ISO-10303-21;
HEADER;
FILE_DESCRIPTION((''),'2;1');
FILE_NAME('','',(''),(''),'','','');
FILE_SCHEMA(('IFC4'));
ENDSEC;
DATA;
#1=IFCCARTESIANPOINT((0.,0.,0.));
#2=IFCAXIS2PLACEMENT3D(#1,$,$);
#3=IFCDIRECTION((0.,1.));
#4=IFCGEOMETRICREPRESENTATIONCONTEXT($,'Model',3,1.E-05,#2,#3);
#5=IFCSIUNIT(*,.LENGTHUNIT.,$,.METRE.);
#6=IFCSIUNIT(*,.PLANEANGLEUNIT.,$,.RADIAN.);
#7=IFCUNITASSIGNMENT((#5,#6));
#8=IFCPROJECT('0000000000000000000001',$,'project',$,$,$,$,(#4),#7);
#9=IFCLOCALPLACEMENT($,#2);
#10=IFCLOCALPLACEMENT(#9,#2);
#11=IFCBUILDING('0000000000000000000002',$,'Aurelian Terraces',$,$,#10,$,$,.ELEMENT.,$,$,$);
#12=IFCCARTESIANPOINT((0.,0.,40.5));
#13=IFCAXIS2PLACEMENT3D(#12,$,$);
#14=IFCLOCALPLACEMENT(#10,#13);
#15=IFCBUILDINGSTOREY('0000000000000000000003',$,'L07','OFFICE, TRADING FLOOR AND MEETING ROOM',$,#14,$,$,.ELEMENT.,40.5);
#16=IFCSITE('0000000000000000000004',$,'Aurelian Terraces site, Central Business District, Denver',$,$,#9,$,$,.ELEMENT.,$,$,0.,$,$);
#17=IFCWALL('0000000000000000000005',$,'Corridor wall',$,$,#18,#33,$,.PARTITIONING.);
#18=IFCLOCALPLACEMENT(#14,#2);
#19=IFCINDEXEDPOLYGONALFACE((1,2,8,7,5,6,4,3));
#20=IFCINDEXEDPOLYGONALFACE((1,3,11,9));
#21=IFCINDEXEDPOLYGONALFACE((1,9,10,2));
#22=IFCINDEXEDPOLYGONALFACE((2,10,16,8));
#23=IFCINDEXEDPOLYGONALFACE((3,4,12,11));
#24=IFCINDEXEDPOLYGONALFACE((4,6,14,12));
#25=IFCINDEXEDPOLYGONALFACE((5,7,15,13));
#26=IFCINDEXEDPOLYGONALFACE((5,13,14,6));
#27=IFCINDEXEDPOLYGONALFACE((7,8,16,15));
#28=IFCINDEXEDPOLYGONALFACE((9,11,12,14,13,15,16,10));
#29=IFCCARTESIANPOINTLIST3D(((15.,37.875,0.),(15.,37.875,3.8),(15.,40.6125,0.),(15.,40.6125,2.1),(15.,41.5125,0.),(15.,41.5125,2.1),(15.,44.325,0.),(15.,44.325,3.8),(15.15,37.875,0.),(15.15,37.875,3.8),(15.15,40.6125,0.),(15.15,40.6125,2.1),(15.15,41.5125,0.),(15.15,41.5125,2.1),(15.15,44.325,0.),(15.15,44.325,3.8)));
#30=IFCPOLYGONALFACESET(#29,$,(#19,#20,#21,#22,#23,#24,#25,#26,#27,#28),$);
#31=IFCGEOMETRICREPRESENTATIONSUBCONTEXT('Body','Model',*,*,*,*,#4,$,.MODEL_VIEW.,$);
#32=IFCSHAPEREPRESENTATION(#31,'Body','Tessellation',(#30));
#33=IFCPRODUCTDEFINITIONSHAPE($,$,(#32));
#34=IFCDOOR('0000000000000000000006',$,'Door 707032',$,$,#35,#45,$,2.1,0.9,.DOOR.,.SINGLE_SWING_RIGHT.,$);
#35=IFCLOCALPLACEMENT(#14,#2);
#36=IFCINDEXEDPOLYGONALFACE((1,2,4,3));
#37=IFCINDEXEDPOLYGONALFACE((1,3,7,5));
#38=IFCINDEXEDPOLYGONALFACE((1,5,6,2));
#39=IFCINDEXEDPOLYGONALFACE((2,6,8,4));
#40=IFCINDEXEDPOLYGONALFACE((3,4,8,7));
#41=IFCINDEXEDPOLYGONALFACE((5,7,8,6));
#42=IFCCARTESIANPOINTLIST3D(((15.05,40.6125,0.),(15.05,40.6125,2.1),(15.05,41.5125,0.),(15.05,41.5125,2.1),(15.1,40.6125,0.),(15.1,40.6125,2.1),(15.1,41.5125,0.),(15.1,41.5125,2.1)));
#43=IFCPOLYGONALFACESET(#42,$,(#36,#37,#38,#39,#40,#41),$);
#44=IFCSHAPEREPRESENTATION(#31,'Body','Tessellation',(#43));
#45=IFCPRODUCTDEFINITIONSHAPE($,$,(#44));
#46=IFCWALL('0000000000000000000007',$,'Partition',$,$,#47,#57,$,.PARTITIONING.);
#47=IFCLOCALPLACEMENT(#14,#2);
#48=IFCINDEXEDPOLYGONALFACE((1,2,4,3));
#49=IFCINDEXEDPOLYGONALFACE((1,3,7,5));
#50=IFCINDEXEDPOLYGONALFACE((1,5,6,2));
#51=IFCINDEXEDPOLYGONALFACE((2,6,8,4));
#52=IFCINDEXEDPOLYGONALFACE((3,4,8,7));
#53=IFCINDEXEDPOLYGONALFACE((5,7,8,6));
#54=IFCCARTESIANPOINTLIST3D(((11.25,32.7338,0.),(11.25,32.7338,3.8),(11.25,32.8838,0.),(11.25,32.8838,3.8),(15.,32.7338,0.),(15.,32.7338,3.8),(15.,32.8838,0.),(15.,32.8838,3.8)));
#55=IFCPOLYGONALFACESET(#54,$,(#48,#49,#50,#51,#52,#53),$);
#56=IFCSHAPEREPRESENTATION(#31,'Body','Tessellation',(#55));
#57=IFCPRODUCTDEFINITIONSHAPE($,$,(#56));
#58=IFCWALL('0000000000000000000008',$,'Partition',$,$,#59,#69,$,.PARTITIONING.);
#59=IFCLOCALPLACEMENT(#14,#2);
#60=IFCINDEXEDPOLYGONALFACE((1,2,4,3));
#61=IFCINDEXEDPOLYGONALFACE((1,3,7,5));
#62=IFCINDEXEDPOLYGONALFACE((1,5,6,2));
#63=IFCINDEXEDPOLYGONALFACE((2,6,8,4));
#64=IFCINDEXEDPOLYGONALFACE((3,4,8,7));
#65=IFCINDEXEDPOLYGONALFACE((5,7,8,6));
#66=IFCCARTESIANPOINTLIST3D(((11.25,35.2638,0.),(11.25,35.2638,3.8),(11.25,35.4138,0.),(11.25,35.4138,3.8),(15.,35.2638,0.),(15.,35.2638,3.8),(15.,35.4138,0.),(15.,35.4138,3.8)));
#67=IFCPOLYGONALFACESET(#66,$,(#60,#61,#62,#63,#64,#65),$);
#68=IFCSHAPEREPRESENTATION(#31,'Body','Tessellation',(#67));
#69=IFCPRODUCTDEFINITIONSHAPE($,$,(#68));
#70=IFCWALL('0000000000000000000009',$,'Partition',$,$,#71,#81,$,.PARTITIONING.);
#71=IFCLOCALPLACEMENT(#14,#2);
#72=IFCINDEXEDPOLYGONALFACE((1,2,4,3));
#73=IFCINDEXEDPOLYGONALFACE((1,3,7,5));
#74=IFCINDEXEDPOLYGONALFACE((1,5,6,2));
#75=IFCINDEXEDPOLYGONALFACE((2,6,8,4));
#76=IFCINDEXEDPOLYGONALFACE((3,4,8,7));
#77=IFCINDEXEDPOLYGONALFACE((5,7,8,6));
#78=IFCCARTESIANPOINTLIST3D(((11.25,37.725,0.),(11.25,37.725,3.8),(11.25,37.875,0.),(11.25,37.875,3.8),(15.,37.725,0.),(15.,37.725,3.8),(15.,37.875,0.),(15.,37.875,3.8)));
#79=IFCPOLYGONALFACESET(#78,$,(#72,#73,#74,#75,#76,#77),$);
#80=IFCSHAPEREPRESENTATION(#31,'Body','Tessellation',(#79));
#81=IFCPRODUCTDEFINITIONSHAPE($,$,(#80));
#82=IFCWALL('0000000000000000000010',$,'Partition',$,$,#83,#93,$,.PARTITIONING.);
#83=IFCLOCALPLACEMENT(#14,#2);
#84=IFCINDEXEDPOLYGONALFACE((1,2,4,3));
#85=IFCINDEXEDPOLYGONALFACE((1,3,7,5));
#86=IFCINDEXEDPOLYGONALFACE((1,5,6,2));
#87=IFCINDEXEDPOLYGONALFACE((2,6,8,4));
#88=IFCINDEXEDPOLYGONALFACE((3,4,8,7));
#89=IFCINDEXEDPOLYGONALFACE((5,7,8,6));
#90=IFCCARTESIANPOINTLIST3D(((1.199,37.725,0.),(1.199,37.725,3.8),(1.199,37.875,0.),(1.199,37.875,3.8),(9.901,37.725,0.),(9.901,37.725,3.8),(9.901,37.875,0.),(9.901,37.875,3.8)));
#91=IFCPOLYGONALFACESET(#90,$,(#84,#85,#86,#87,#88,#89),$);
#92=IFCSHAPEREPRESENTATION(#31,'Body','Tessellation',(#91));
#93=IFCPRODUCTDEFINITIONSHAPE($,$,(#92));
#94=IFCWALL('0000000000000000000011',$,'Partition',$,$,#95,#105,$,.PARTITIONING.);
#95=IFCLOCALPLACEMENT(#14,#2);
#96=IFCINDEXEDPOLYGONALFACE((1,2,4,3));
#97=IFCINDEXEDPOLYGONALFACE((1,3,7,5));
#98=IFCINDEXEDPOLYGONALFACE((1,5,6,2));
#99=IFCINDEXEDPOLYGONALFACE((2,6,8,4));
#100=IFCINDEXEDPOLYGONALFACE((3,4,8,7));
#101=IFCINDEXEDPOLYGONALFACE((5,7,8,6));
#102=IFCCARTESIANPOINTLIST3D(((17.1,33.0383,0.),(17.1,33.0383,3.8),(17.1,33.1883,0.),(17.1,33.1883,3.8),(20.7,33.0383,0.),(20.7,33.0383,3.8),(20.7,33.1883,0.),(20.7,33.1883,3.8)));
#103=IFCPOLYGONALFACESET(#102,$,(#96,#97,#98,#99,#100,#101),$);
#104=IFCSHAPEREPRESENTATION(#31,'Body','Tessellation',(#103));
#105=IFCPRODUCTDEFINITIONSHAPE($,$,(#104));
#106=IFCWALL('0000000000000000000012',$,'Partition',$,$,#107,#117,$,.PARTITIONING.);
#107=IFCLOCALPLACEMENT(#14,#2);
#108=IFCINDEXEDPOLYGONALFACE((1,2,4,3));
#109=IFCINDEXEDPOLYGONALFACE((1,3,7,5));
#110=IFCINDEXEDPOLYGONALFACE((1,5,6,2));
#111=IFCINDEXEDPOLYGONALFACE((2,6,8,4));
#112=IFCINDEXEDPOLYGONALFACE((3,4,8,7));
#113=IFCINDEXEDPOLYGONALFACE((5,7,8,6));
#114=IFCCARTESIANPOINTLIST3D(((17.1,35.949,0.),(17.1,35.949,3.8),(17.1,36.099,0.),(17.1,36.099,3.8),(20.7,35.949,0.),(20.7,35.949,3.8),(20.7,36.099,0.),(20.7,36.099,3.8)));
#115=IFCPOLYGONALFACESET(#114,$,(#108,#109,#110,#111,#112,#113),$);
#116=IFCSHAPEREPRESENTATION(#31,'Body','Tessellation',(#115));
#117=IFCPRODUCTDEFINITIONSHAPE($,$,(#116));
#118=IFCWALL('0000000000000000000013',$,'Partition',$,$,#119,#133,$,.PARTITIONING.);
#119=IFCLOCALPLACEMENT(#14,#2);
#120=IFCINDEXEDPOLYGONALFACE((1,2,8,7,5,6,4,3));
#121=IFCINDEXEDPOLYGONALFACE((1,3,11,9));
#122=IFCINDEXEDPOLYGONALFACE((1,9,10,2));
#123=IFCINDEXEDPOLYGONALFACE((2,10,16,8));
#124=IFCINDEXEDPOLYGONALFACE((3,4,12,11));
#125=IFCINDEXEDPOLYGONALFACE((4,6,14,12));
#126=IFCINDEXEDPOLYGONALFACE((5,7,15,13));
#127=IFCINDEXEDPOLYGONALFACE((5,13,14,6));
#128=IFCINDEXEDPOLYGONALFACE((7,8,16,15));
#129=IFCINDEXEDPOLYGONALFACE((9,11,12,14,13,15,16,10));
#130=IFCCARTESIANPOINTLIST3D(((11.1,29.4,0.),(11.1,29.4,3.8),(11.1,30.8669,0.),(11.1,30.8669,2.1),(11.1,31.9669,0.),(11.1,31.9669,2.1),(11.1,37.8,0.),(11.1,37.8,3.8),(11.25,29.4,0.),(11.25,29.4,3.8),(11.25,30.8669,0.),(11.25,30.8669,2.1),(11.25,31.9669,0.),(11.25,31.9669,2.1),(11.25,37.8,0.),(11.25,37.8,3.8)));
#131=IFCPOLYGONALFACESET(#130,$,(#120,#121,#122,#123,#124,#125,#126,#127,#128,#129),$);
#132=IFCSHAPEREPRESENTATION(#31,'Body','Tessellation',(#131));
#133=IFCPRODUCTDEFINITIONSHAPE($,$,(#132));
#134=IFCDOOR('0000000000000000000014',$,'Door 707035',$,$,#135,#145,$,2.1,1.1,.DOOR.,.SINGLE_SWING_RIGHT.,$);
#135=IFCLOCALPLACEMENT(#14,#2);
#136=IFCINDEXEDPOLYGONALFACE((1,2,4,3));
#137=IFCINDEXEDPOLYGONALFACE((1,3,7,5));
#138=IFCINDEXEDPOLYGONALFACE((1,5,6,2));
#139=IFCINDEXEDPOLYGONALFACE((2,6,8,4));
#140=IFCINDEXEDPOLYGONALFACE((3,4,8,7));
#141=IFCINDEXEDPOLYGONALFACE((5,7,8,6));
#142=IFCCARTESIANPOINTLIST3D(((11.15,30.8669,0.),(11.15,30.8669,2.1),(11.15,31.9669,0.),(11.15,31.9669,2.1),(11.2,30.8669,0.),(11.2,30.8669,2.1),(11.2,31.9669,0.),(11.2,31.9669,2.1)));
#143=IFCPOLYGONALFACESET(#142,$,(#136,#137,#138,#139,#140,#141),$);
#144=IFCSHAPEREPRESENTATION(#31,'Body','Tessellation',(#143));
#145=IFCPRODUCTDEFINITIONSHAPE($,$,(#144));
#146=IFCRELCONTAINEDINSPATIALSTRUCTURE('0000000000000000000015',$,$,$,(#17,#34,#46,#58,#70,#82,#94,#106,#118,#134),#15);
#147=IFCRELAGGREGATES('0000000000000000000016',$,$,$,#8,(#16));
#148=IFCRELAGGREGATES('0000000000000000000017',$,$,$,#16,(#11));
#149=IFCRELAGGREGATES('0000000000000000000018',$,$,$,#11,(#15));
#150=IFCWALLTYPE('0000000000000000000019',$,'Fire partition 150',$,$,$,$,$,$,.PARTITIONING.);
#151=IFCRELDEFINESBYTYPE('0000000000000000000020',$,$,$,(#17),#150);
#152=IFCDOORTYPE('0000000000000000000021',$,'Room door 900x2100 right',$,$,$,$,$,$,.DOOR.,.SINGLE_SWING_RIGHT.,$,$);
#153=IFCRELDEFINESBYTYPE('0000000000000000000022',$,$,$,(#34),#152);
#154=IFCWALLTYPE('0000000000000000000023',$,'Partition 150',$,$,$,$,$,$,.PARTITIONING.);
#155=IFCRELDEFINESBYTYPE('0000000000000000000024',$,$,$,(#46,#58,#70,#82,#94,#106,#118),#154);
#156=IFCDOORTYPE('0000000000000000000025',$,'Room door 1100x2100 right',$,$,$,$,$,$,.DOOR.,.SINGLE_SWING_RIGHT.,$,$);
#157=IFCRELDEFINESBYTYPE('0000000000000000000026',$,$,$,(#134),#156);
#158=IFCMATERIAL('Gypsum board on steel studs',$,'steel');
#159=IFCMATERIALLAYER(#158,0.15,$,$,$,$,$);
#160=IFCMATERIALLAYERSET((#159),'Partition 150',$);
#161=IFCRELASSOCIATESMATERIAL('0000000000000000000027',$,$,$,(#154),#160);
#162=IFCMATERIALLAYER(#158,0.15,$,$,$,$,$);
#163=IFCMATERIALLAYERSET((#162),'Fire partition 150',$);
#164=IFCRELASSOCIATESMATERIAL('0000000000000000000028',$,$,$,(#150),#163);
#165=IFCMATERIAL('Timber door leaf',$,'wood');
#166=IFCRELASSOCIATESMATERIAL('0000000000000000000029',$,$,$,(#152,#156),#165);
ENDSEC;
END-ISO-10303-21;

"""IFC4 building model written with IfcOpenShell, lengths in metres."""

from ifc_helpers import new_model, si_unit, direction, frame, frame_2d, origin, place, context, subcontext, project, spatial, rectangle, extrude, source, transform, mapped, material, layer, layer_set, type_object, element, fill, save


model = new_model("IFC4")

# Units and contexts
model_context = context("Model", 3, precision=1e-05, world=origin(), true_north=direction((0.0, 1.0)))
body_context = subcontext(model_context, "Body", "Model", "MODEL_VIEW")
ifc_project = project(units=[si_unit("LENGTHUNIT", "METRE"), si_unit("PLANEANGLEUNIT", "RADIAN")], contexts=[model_context])

# Site, building, storey
site_placement = place(None, origin())
site = spatial("IfcSite", under=ifc_project, at=site_placement, Name="Aurelian Terraces site, Central Business District, Denver", CompositionType="ELEMENT", RefElevation=0.0)
building_placement = place(site_placement, origin())
building = spatial("IfcBuilding", under=site, at=building_placement, Name="Aurelian Terraces", CompositionType="ELEMENT")
storey_placement = place(building_placement, frame((0.0, 0.0, 40.5)))
storey = spatial("IfcBuildingStorey", under=building, at=storey_placement, Name="L07", Description="OFFICE, TRADING FLOOR AND MEETING ROOM", CompositionType="ELEMENT", Elevation=40.5)

# Shared definitions
ifc_material_1 = material(Name="Gypsum board on steel studs", Category="steel")
ifc_layer_1 = layer(ifc_material_1, 0.15)
ifc_layer_set_1 = layer_set([ifc_layer_1], Name="Partition 150")
wall_type_1 = type_object("IfcWallType", Name="Partition 150", PredefinedType="PARTITIONING", material=ifc_layer_set_1)

# Shared definitions
shared_shape_1 = source(origin(), body_context, "Body", "SweptSolid", [
    extrude(rectangle(XDim=0.9, YDim=2.1, at=frame_2d((0.45, 1.05))), frame((0.0, 0.025, 0.0), z_axis=(0.0, -1.0, 0.0), x_axis=(1.0, 0.0, 0.0)), (0.0, 0.0, 1.0), 0.05),
])

# Shared definitions
ifc_layer_2 = layer(ifc_material_1, 0.15)
ifc_layer_set_2 = layer_set([ifc_layer_2], Name="Fire partition 150")
wall_type_2 = type_object("IfcWallType", Name="Fire partition 150", PredefinedType="PARTITIONING", material=ifc_layer_set_2)
shared_shape_2 = source(origin(), body_context, "Body", "SweptSolid", [
    extrude(rectangle(XDim=6.45, YDim=0.15, at=frame_2d((3.225, 0.0))), origin(), (0.0, 0.0, 1.0), 3.8),
])

# Wall, opening, door
wall_1_placement = place(storey_placement, frame((15.075, 37.875, 0.0), z_axis=(0.0, 0.0, 1.0), x_axis=(0.0, 1.0, 0.0)))
wall_1 = element("IfcWall", 1, at=wall_1_placement, inside=storey, type_object=wall_type_2, Name="Corridor wall", PredefinedType="PARTITIONING", context=body_context, shape_type="MappedRepresentation", body=[
    mapped(shared_shape_2, transform((0.0, 0.0, 0.0), scale=1.0)),
])
shared_shape_3 = source(origin(), body_context, "Body", "SweptSolid", [
    extrude(rectangle(XDim=0.9, YDim=2.1, at=frame_2d((0.45, 1.05))), frame((0.0, 0.085, 0.0), z_axis=(0.0, -1.0, 0.0), x_axis=(1.0, 0.0, 0.0)), (0.0, 0.0, 1.0), 0.17),
])
opening_1_placement = place(wall_1_placement, frame((2.7375, 0.0, 0.0)))
opening_1 = element("IfcOpeningElement", 2, at=opening_1_placement, cuts=wall_1, PredefinedType="OPENING", context=body_context, shape_type="MappedRepresentation", body=[
    mapped(shared_shape_3, transform((0.0, 0.0, 0.0), scale=1.0)),
])
ifc_material_2 = material(Name="Timber door leaf", Category="wood")
door_type_1 = type_object("IfcDoorType", Name="Room door 900x2100 right", OperationType="SINGLE_SWING_RIGHT", PredefinedType="DOOR", material=ifc_material_2)
door_1_placement = place(opening_1_placement, origin())
door_1 = element("IfcDoor", 3, at=door_1_placement, inside=storey, type_object=door_type_1, Name="Door 707032", OperationType="SINGLE_SWING_RIGHT", OverallHeight=2.1, OverallWidth=0.9, PredefinedType="DOOR", context=body_context, shape_type="MappedRepresentation", body=[
    mapped(shared_shape_1, transform((0.0, 0.0, 0.0), scale=1.0)),
])
fill(opening_1, door_1)

# Walls
shared_shape_4 = source(origin(), body_context, "Body", "SweptSolid", [
    extrude(rectangle(XDim=3.75, YDim=0.15, at=frame_2d((1.875, 0.0))), origin(), (0.0, 0.0, 1.0), 3.8),
])
for number, where, z_axis, x_axis, name in (
    (4, (15.0, 32.8088, 0.0), (0.0, 0.0, 1.0), (-1.0, 0.0, 0.0), "Partition"),
    (5, (15.0, 35.3388, 0.0), (0.0, 0.0, 1.0), (-1.0, 0.0, 0.0), "Partition"),
    (6, (15.0, 37.8, 0.0), (0.0, 0.0, 1.0), (-1.0, 0.0, 0.0), "Partition"),
):
    element("IfcWall", number, at=place(storey_placement, frame(where, z_axis=z_axis, x_axis=x_axis)), inside=storey, type_object=wall_type_1, Name=name, PredefinedType="PARTITIONING", context=body_context, shape_type="MappedRepresentation", body=[
        mapped(shared_shape_4, transform((0.0, 0.0, 0.0), scale=1.0)),
    ])
shared_shape_5 = source(origin(), body_context, "Body", "SweptSolid", [
    extrude(rectangle(XDim=8.702, YDim=0.15, at=frame_2d((4.351, 0.0))), origin(), (0.0, 0.0, 1.0), 3.8),
])
wall_2_placement = place(storey_placement, frame((9.901, 37.8, 0.0), z_axis=(0.0, 0.0, 1.0), x_axis=(-1.0, 0.0, 0.0)))
element("IfcWall", 7, at=wall_2_placement, inside=storey, type_object=wall_type_1, Name="Partition", PredefinedType="PARTITIONING", context=body_context, shape_type="MappedRepresentation", body=[
    mapped(shared_shape_5, transform((0.0, 0.0, 0.0), scale=1.0)),
])
shared_shape_6 = source(origin(), body_context, "Body", "SweptSolid", [
    extrude(rectangle(XDim=3.6, YDim=0.15, at=frame_2d((1.8, 0.0))), origin(), (0.0, 0.0, 1.0), 3.8),
])
for number, where, z_axis, x_axis, name in (
    (8, (17.1, 33.1133, 0.0), (0.0, 0.0, 1.0), (1.0, 0.0, 0.0), "Partition"),
    (9, (17.1, 36.024, 0.0), (0.0, 0.0, 1.0), (1.0, 0.0, 0.0), "Partition"),
):
    element("IfcWall", number, at=place(storey_placement, frame(where, z_axis=z_axis, x_axis=x_axis)), inside=storey, type_object=wall_type_1, Name=name, PredefinedType="PARTITIONING", context=body_context, shape_type="MappedRepresentation", body=[
        mapped(shared_shape_6, transform((0.0, 0.0, 0.0), scale=1.0)),
    ])

# Wall, opening, door
shared_shape_7 = source(origin(), body_context, "Body", "SweptSolid", [
    extrude(rectangle(XDim=8.4, YDim=0.15, at=frame_2d((4.2, 0.0))), origin(), (0.0, 0.0, 1.0), 3.8),
])
wall_3_placement = place(storey_placement, frame((11.175, 29.4, 0.0), z_axis=(0.0, 0.0, 1.0), x_axis=(0.0, 1.0, 0.0)))
wall_3 = element("IfcWall", 10, at=wall_3_placement, inside=storey, type_object=wall_type_1, Name="Partition", PredefinedType="PARTITIONING", context=body_context, shape_type="MappedRepresentation", body=[
    mapped(shared_shape_7, transform((0.0, 0.0, 0.0), scale=1.0)),
])
shared_shape_8 = source(origin(), body_context, "Body", "SweptSolid", [
    extrude(rectangle(XDim=1.1, YDim=2.1, at=frame_2d((0.55, 1.05))), frame((0.0, 0.085, 0.0), z_axis=(0.0, -1.0, 0.0), x_axis=(1.0, 0.0, 0.0)), (0.0, 0.0, 1.0), 0.17),
])
opening_2_placement = place(wall_3_placement, frame((1.4669, 0.0, 0.0)))
opening_2 = element("IfcOpeningElement", 11, at=opening_2_placement, cuts=wall_3, PredefinedType="OPENING", context=body_context, shape_type="MappedRepresentation", body=[
    mapped(shared_shape_8, transform((0.0, 0.0, 0.0), scale=1.0)),
])
door_type_2 = type_object("IfcDoorType", Name="Room door 1100x2100 right", OperationType="SINGLE_SWING_RIGHT", PredefinedType="DOOR", material=ifc_material_2)
shared_shape_9 = source(origin(), body_context, "Body", "SweptSolid", [
    extrude(rectangle(XDim=1.1, YDim=2.1, at=frame_2d((0.55, 1.05))), frame((0.0, 0.025, 0.0), z_axis=(0.0, -1.0, 0.0), x_axis=(1.0, 0.0, 0.0)), (0.0, 0.0, 1.0), 0.05),
])
door_2_placement = place(opening_2_placement, origin())
door_2 = element("IfcDoor", 12, at=door_2_placement, inside=storey, type_object=door_type_2, Name="Door 707035", OperationType="SINGLE_SWING_RIGHT", OverallHeight=2.1, OverallWidth=1.1, PredefinedType="DOOR", context=body_context, shape_type="MappedRepresentation", body=[
    mapped(shared_shape_9, transform((0.0, 0.0, 0.0), scale=1.0)),
])
fill(opening_2, door_2)

save(model, "model.ifc")
